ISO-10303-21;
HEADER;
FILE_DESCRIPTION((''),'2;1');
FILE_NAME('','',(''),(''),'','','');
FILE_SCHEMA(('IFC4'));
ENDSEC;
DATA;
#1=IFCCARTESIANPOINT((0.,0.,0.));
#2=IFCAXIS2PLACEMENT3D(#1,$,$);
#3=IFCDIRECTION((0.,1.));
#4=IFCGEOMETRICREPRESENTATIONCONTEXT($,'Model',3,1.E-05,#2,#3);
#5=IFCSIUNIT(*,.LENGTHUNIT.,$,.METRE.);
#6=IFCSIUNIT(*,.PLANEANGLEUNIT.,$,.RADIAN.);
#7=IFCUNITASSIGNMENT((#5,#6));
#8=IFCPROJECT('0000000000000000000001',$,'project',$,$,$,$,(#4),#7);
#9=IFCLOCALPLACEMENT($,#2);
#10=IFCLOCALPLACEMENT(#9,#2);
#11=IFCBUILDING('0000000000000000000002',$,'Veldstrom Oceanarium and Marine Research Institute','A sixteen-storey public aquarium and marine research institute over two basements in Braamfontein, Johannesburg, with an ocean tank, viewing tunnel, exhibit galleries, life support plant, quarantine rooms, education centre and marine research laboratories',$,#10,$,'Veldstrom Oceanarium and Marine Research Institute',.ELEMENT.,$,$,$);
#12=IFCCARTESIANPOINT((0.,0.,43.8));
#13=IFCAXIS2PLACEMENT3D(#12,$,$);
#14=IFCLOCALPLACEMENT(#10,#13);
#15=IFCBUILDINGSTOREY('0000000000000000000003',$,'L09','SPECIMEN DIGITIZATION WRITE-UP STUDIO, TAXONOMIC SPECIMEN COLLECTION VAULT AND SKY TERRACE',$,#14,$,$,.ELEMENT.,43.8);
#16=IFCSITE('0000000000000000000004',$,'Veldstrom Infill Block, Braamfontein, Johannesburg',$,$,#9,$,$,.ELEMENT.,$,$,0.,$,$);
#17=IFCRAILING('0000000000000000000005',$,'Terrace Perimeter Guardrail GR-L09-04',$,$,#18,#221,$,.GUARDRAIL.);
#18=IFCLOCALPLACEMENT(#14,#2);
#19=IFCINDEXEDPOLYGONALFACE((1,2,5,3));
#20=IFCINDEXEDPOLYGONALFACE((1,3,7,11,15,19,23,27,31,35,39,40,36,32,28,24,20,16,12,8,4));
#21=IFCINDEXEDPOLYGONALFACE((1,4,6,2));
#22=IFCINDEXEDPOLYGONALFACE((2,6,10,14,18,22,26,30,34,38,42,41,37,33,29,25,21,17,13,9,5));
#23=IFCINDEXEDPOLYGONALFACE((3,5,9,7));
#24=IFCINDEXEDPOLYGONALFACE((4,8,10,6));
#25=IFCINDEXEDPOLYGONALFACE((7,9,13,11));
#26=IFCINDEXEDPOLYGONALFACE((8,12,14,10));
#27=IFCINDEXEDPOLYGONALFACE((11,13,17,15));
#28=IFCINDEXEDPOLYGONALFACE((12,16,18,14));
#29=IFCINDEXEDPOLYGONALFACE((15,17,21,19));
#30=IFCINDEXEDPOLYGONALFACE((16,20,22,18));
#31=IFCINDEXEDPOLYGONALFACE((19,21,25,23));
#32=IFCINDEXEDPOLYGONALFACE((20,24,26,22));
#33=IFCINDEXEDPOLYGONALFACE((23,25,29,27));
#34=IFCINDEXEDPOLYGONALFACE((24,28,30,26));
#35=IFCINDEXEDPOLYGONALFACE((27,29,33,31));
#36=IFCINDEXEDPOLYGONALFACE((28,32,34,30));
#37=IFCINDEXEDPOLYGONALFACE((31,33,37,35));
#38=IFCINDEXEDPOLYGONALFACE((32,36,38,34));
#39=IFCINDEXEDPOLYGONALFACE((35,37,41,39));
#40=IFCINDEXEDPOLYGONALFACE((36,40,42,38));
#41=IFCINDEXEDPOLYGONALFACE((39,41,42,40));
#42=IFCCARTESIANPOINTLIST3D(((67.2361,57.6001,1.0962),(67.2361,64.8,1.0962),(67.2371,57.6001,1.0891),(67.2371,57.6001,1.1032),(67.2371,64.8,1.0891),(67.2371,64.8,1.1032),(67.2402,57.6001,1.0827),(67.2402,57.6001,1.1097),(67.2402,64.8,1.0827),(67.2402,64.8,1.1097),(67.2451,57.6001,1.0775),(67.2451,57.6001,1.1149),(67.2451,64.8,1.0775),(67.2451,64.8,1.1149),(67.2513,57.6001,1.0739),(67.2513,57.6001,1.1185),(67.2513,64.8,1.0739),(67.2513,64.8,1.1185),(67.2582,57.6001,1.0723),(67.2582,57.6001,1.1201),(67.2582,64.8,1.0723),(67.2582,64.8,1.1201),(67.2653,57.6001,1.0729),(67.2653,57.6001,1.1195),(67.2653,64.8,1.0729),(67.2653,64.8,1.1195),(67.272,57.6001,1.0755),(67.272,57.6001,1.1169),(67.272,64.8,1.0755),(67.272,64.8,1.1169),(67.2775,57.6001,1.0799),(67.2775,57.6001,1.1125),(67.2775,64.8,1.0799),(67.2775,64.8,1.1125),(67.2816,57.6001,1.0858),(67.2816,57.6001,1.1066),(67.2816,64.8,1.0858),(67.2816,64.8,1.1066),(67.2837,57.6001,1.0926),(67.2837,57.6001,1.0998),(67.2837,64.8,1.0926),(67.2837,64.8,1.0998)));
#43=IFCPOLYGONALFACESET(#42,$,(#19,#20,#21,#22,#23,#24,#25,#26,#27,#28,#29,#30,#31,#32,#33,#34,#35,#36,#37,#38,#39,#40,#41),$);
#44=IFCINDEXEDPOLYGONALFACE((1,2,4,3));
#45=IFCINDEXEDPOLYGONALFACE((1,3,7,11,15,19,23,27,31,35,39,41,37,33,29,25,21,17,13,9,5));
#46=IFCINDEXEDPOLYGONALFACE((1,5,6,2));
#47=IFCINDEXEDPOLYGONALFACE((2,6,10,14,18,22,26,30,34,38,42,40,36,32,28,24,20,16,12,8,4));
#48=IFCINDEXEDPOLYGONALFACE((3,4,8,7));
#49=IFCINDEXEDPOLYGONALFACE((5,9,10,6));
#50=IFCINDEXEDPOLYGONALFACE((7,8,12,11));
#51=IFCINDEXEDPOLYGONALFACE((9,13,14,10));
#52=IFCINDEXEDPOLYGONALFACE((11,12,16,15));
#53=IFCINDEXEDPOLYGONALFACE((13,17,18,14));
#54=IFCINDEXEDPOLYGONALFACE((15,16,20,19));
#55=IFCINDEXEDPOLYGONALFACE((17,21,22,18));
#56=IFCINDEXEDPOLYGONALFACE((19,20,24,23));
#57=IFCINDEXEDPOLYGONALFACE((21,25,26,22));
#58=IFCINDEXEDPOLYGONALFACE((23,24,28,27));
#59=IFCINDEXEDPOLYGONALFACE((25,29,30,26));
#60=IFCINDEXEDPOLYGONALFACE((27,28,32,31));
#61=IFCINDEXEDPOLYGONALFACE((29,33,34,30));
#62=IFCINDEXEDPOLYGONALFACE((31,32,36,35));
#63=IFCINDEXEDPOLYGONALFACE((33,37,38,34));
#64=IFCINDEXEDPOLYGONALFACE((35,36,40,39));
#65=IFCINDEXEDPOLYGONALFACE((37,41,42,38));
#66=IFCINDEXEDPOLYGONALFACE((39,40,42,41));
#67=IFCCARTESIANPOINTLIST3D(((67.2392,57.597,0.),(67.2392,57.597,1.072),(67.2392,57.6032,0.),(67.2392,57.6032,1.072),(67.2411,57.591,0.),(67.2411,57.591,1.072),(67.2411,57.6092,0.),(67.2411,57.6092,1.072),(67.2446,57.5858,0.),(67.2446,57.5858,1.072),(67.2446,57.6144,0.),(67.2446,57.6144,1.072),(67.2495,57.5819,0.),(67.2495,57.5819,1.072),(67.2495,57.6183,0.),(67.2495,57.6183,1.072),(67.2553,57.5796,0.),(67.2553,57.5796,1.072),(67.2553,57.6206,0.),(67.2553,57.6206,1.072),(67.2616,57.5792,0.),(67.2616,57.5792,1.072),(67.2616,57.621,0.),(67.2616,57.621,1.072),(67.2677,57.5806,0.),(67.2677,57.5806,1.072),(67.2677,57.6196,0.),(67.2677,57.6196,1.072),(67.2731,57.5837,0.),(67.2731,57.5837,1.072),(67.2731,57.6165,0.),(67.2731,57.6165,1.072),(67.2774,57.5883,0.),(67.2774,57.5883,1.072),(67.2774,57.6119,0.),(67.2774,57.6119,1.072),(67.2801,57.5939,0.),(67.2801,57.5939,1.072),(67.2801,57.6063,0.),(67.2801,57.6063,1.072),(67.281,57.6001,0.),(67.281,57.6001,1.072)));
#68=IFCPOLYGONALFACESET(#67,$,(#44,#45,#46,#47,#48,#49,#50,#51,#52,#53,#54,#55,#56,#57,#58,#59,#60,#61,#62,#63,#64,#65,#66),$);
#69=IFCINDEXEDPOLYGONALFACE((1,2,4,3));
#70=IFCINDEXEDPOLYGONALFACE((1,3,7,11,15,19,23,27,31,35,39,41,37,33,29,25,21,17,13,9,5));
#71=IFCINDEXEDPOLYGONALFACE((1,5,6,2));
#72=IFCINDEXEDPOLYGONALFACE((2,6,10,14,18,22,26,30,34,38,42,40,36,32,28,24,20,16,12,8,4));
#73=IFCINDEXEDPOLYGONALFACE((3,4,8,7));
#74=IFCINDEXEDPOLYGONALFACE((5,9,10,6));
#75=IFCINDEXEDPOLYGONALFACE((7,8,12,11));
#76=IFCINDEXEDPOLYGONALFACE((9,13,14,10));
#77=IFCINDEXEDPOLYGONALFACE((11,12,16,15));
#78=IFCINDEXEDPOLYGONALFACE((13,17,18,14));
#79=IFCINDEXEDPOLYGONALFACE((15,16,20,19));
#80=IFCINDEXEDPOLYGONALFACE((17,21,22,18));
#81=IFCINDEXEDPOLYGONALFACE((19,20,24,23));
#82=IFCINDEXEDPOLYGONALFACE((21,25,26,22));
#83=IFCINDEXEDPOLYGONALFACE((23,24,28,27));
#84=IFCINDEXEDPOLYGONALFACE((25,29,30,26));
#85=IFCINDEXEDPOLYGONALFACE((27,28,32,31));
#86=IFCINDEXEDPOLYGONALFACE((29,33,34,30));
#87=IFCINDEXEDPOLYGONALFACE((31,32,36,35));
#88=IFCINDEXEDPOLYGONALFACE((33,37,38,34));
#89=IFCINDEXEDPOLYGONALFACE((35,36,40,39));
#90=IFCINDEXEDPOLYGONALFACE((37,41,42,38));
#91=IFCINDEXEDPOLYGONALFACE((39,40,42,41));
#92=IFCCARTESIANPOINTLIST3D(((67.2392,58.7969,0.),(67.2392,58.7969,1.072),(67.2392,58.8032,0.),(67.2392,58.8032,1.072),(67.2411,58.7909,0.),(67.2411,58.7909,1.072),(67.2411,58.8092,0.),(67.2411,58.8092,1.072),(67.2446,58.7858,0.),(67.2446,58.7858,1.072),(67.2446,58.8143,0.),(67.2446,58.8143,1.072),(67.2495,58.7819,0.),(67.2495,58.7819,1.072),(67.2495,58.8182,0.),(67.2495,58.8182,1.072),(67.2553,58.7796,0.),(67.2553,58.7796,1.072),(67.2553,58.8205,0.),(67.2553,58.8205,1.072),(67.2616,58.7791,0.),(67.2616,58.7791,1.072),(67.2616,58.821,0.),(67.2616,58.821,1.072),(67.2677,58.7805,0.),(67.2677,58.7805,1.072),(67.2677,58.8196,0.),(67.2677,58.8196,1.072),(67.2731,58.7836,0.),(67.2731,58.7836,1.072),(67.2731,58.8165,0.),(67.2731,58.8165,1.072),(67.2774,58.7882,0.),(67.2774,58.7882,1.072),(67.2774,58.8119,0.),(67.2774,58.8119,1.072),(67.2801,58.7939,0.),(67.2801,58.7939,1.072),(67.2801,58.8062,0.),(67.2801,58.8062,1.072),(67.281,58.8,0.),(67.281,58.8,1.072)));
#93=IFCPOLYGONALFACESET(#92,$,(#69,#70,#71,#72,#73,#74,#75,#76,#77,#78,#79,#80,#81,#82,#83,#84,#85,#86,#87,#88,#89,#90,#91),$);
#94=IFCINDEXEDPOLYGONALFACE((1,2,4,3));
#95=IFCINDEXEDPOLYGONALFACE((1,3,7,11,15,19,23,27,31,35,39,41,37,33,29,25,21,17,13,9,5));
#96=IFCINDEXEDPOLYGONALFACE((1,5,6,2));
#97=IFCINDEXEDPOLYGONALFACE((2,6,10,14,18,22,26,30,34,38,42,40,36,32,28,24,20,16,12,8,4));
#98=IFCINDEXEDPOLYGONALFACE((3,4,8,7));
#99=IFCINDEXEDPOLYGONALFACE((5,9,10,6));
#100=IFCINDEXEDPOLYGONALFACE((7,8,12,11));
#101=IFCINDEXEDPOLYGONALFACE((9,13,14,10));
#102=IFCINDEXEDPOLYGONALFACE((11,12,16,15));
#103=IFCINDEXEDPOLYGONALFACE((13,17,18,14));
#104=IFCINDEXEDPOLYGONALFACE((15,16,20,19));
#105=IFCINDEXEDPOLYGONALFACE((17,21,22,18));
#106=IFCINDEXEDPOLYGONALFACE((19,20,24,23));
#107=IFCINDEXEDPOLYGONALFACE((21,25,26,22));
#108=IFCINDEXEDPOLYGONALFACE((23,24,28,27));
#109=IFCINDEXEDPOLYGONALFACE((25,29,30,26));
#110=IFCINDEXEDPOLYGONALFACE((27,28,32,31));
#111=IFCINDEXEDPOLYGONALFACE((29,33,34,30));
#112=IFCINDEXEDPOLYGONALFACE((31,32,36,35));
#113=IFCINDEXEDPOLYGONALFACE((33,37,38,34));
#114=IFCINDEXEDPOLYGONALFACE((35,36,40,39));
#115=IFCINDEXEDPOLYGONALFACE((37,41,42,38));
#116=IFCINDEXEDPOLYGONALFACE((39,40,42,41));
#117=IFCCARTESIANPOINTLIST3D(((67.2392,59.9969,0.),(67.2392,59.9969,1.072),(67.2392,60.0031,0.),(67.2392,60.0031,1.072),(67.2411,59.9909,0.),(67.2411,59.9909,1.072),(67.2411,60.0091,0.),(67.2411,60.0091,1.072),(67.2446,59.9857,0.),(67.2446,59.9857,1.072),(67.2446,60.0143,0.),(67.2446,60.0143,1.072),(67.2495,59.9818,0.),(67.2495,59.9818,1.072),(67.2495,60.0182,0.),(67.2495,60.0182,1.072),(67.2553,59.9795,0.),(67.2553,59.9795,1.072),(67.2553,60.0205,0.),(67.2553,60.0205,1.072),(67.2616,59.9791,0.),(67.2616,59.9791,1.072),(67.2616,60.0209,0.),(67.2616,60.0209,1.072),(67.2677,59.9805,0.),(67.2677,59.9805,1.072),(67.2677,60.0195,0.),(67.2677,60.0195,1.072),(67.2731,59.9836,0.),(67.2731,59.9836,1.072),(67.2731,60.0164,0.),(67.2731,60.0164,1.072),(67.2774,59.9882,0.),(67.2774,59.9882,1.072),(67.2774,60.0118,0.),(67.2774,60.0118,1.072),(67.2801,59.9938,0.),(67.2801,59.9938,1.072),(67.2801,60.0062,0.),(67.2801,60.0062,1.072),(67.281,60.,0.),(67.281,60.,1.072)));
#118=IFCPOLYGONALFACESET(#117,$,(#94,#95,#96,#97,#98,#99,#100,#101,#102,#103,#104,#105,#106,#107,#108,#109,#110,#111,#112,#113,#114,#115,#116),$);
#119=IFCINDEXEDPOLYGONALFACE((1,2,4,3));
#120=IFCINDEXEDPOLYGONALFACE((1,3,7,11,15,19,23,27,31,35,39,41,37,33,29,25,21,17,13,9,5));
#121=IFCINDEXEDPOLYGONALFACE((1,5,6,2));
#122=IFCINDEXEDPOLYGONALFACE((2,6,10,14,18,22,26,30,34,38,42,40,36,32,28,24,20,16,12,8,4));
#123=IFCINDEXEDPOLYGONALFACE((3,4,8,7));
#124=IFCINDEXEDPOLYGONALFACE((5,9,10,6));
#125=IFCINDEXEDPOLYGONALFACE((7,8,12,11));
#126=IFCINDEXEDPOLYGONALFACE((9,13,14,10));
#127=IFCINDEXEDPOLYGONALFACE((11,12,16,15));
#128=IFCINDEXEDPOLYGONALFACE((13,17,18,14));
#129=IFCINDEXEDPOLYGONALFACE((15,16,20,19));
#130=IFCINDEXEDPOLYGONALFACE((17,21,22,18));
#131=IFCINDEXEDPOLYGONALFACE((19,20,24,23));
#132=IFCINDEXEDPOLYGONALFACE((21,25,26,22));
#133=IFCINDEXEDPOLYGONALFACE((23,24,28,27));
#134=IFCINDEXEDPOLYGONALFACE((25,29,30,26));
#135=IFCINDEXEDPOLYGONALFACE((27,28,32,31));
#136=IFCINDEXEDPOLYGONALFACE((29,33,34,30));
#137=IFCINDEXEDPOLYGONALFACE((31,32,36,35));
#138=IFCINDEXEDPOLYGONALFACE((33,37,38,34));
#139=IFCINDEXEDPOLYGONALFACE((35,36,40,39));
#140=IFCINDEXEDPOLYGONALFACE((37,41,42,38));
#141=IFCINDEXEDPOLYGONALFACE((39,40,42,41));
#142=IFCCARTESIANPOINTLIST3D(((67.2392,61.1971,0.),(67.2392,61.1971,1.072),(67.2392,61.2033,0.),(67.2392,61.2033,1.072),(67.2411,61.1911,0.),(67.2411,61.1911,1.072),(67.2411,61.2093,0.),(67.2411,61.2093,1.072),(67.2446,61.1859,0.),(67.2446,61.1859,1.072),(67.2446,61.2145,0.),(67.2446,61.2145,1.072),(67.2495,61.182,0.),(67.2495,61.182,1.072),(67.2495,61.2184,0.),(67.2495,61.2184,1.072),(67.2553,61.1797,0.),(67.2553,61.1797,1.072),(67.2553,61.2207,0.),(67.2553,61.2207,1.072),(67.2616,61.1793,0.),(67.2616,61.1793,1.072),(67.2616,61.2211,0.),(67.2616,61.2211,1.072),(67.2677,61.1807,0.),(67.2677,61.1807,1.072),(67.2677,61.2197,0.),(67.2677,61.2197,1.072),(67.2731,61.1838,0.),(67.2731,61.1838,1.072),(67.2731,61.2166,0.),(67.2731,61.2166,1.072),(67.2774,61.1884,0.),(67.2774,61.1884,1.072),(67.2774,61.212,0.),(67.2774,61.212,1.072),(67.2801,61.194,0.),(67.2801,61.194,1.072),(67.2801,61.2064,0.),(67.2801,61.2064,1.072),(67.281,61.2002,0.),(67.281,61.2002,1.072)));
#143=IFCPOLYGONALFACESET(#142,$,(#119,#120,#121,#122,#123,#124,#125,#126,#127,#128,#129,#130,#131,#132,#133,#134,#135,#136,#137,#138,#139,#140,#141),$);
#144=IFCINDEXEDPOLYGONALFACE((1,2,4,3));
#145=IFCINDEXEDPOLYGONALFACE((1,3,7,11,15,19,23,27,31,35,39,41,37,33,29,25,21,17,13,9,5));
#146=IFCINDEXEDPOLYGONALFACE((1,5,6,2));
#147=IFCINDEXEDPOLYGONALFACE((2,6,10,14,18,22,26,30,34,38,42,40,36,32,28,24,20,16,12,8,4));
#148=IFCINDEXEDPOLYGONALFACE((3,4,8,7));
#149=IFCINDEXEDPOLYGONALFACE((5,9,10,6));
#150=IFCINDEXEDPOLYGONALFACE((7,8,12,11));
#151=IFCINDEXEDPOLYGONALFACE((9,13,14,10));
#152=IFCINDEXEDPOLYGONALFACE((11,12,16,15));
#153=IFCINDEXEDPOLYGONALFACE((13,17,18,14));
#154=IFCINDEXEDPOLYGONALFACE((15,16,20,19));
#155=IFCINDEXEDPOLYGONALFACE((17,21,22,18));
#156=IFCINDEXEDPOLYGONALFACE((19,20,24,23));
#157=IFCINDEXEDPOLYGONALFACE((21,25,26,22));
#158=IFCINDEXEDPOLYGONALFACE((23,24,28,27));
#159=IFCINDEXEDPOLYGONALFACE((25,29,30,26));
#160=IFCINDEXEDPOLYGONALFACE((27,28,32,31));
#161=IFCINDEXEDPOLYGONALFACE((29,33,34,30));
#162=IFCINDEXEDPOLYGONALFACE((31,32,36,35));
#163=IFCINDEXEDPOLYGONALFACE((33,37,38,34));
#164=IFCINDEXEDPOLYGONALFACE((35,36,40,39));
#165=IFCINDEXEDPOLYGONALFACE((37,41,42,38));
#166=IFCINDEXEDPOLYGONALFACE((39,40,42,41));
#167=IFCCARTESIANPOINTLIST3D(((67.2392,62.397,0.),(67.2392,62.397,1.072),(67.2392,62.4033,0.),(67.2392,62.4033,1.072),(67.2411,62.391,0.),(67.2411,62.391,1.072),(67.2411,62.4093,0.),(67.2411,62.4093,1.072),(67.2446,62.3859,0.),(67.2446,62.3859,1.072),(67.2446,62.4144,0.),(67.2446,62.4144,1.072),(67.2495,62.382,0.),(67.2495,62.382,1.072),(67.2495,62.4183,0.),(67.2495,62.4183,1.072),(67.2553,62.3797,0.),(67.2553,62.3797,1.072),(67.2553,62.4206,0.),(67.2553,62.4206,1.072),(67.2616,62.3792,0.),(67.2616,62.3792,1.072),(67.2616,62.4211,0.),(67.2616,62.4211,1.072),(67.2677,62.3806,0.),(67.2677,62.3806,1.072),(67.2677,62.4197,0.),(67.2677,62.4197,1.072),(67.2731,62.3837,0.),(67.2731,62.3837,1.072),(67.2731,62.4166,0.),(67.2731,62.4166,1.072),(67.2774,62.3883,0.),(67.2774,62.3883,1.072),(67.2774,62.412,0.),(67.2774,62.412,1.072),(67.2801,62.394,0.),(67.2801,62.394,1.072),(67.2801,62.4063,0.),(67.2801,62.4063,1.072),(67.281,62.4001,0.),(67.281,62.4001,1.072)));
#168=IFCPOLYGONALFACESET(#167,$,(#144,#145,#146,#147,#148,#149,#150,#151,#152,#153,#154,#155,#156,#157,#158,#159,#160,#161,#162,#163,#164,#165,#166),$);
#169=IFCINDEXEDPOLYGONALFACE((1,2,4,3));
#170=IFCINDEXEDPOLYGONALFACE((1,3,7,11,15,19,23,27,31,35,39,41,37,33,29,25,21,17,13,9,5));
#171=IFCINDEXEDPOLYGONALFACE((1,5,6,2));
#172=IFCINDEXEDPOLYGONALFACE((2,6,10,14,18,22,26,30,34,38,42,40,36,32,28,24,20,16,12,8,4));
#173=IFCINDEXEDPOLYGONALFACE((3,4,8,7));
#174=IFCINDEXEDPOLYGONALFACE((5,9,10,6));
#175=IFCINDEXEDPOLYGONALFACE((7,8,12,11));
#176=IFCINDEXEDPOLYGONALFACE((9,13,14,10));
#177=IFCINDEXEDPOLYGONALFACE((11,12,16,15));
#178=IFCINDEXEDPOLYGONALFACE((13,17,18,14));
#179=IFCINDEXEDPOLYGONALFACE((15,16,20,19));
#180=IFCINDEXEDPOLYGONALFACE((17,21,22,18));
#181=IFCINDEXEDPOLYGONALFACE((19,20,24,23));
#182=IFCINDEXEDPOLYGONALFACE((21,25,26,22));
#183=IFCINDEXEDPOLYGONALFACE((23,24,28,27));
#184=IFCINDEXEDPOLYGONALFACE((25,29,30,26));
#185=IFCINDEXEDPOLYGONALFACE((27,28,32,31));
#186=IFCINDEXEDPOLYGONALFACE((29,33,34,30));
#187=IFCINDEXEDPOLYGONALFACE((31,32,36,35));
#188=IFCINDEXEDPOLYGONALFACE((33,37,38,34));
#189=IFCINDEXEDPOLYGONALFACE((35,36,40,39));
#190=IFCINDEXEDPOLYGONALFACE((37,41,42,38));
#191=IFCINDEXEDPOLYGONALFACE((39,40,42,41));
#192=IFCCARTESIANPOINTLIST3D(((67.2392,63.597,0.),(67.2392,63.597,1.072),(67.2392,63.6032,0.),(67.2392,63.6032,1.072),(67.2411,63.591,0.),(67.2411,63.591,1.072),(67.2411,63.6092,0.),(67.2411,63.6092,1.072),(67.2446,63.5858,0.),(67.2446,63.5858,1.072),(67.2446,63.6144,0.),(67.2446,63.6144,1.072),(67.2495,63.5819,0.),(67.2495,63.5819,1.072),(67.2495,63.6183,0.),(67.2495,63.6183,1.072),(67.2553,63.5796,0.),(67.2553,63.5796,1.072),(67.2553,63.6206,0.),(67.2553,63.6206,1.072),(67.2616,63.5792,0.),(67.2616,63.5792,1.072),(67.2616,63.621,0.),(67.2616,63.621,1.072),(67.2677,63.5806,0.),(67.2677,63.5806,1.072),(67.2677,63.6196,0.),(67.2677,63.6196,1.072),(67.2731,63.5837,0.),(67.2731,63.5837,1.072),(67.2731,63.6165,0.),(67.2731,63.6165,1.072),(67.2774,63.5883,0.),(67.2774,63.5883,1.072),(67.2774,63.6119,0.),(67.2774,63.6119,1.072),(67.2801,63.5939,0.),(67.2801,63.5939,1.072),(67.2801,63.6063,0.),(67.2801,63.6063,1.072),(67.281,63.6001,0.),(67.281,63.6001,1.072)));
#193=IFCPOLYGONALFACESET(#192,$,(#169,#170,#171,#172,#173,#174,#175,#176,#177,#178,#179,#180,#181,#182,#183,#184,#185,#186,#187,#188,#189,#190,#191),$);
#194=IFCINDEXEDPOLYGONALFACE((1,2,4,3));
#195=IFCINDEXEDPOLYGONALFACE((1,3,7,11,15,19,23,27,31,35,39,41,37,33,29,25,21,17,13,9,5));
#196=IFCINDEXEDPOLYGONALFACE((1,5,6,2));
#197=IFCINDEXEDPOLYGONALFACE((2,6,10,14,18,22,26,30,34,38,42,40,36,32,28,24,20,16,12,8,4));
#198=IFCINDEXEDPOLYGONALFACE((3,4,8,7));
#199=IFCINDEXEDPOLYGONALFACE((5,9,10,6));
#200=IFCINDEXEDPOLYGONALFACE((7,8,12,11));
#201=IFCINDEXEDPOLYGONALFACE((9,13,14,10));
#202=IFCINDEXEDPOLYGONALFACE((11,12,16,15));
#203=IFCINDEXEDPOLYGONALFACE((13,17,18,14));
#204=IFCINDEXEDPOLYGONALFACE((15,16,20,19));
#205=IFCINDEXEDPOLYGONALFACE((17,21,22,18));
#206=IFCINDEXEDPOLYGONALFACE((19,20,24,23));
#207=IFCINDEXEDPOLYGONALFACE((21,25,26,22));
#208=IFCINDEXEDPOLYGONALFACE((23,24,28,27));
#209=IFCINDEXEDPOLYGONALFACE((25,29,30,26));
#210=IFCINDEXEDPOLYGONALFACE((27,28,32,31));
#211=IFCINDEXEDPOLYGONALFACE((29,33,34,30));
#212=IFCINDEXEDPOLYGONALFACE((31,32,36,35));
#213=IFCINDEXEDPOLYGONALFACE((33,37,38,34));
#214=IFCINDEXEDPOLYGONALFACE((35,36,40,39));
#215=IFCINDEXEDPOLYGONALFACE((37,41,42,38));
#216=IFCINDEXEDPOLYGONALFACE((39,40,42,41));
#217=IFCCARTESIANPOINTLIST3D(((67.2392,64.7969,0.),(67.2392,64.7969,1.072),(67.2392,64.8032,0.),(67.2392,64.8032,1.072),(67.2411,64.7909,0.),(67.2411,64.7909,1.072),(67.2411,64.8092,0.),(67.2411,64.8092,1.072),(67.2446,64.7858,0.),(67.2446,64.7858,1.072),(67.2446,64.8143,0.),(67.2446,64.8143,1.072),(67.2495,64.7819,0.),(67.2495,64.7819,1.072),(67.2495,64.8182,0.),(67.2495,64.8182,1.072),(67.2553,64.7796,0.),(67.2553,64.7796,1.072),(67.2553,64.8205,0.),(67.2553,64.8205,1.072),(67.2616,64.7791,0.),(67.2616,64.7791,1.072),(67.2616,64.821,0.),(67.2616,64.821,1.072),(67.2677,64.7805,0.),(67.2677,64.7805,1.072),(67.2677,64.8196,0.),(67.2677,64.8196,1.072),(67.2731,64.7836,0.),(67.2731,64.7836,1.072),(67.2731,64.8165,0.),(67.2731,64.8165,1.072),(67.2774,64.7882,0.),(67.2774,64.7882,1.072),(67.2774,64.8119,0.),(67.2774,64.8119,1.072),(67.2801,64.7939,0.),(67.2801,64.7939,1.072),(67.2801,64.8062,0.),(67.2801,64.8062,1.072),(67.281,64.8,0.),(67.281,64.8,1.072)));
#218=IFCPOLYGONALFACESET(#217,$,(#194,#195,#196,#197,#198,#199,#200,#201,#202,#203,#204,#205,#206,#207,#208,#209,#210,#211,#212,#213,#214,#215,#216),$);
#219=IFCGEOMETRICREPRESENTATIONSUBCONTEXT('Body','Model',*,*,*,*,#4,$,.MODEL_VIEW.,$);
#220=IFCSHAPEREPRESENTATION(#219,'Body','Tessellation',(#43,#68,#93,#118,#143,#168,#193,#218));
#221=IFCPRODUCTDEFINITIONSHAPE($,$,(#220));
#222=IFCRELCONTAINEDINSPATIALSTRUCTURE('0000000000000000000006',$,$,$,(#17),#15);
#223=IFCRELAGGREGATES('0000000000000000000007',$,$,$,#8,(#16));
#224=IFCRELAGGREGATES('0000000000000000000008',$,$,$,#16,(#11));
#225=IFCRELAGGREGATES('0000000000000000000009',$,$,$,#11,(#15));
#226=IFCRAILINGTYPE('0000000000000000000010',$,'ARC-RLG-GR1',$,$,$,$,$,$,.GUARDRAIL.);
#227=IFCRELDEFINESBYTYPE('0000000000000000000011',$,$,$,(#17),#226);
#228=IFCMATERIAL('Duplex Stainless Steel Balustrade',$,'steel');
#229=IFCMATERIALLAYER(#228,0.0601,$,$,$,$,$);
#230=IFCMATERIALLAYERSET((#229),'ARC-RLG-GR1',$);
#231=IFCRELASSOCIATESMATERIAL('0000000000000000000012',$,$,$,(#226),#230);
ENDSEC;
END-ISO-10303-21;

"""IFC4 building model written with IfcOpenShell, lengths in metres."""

from ifc_helpers import new_model, si_unit, direction, frame, origin, origin_2d, place, context, subcontext, project, spatial, circle, extrude, material, layer, layer_set, type_object, element, save


model = new_model("IFC4")

# Units and contexts
model_context = context("Model", 3, precision=1e-05, world=origin(), true_north=direction((0.0, 1.0)))
body_context = subcontext(model_context, "Body", "Model", "MODEL_VIEW")
ifc_project = project(units=[si_unit("LENGTHUNIT", "METRE"), si_unit("PLANEANGLEUNIT", "RADIAN")], contexts=[model_context])

# Site, building, storey
site_placement = place(None, origin())
site = spatial("IfcSite", under=ifc_project, at=site_placement, Name="Veldstrom Infill Block, Braamfontein, Johannesburg", CompositionType="ELEMENT", RefElevation=0.0)
building_placement = place(site_placement, origin())
building = spatial("IfcBuilding", under=site, at=building_placement, Name="Veldstrom Oceanarium and Marine Research Institute", Description="A sixteen-storey public aquarium and marine research institute over two basements in Braamfontein, Johannesburg, with an ocean tank, viewing tunnel, exhibit galleries, life support plant, quarantine rooms, education centre and marine research laboratories", LongName="Veldstrom Oceanarium and Marine Research Institute", CompositionType="ELEMENT")
storey_placement = place(building_placement, frame((0.0, 0.0, 43.8)))
storey = spatial("IfcBuildingStorey", under=building, at=storey_placement, Name="L09", Description="SPECIMEN DIGITIZATION WRITE-UP STUDIO, TAXONOMIC SPECIMEN COLLECTION VAULT AND SKY TERRACE", CompositionType="ELEMENT", Elevation=43.8)

# Railing
ifc_material_1 = material(Name="Duplex Stainless Steel Balustrade", Category="steel")
ifc_layer_1 = layer(ifc_material_1, 0.0601)
ifc_layer_set_1 = layer_set([ifc_layer_1], Name="ARC-RLG-GR1")
railing_type = type_object("IfcRailingType", Name="ARC-RLG-GR1", PredefinedType="GUARDRAIL", material=ifc_layer_set_1)
railing_1_placement = place(storey_placement, frame((67.26, 57.6001, 0.0)))
element("IfcRailing", 1, at=railing_1_placement, inside=storey, type_object=railing_type, Name="Terrace Perimeter Guardrail GR-L09-04", PredefinedType="GUARDRAIL", context=body_context, shape_type="SweptSolid", body=[
    extrude(circle(Radius=0.0239, at=origin_2d()), frame((0.0, 0.0, 1.0962), z_axis=(0.0, 1.0, 0.0), x_axis=(-1.0, 0.0, 0.0)), (0.0, 0.0, 1.0), 7.2),
    extrude(circle(Radius=0.021, at=origin_2d()), origin(), (0.0, 0.0, 1.0), 1.072),
    extrude(circle(Radius=0.021, at=origin_2d()), frame((0.0, 1.2, 0.0)), (0.0, 0.0, 1.0), 1.072),
    extrude(circle(Radius=0.021, at=origin_2d()), frame((0.0, 2.3999, 0.0)), (0.0, 0.0, 1.0), 1.072),
    extrude(circle(Radius=0.021, at=origin_2d()), frame((0.0, 3.6001, 0.0)), (0.0, 0.0, 1.0), 1.072),
    extrude(circle(Radius=0.021, at=origin_2d()), frame((0.0, 4.8, 0.0)), (0.0, 0.0, 1.0), 1.072),
    extrude(circle(Radius=0.021, at=origin_2d()), frame((0.0, 6.0, 0.0)), (0.0, 0.0, 1.0), 1.072),
    extrude(circle(Radius=0.021, at=origin_2d()), frame((0.0, 7.2, 0.0)), (0.0, 0.0, 1.0), 1.072),
])

save(model, "model.ifc")
